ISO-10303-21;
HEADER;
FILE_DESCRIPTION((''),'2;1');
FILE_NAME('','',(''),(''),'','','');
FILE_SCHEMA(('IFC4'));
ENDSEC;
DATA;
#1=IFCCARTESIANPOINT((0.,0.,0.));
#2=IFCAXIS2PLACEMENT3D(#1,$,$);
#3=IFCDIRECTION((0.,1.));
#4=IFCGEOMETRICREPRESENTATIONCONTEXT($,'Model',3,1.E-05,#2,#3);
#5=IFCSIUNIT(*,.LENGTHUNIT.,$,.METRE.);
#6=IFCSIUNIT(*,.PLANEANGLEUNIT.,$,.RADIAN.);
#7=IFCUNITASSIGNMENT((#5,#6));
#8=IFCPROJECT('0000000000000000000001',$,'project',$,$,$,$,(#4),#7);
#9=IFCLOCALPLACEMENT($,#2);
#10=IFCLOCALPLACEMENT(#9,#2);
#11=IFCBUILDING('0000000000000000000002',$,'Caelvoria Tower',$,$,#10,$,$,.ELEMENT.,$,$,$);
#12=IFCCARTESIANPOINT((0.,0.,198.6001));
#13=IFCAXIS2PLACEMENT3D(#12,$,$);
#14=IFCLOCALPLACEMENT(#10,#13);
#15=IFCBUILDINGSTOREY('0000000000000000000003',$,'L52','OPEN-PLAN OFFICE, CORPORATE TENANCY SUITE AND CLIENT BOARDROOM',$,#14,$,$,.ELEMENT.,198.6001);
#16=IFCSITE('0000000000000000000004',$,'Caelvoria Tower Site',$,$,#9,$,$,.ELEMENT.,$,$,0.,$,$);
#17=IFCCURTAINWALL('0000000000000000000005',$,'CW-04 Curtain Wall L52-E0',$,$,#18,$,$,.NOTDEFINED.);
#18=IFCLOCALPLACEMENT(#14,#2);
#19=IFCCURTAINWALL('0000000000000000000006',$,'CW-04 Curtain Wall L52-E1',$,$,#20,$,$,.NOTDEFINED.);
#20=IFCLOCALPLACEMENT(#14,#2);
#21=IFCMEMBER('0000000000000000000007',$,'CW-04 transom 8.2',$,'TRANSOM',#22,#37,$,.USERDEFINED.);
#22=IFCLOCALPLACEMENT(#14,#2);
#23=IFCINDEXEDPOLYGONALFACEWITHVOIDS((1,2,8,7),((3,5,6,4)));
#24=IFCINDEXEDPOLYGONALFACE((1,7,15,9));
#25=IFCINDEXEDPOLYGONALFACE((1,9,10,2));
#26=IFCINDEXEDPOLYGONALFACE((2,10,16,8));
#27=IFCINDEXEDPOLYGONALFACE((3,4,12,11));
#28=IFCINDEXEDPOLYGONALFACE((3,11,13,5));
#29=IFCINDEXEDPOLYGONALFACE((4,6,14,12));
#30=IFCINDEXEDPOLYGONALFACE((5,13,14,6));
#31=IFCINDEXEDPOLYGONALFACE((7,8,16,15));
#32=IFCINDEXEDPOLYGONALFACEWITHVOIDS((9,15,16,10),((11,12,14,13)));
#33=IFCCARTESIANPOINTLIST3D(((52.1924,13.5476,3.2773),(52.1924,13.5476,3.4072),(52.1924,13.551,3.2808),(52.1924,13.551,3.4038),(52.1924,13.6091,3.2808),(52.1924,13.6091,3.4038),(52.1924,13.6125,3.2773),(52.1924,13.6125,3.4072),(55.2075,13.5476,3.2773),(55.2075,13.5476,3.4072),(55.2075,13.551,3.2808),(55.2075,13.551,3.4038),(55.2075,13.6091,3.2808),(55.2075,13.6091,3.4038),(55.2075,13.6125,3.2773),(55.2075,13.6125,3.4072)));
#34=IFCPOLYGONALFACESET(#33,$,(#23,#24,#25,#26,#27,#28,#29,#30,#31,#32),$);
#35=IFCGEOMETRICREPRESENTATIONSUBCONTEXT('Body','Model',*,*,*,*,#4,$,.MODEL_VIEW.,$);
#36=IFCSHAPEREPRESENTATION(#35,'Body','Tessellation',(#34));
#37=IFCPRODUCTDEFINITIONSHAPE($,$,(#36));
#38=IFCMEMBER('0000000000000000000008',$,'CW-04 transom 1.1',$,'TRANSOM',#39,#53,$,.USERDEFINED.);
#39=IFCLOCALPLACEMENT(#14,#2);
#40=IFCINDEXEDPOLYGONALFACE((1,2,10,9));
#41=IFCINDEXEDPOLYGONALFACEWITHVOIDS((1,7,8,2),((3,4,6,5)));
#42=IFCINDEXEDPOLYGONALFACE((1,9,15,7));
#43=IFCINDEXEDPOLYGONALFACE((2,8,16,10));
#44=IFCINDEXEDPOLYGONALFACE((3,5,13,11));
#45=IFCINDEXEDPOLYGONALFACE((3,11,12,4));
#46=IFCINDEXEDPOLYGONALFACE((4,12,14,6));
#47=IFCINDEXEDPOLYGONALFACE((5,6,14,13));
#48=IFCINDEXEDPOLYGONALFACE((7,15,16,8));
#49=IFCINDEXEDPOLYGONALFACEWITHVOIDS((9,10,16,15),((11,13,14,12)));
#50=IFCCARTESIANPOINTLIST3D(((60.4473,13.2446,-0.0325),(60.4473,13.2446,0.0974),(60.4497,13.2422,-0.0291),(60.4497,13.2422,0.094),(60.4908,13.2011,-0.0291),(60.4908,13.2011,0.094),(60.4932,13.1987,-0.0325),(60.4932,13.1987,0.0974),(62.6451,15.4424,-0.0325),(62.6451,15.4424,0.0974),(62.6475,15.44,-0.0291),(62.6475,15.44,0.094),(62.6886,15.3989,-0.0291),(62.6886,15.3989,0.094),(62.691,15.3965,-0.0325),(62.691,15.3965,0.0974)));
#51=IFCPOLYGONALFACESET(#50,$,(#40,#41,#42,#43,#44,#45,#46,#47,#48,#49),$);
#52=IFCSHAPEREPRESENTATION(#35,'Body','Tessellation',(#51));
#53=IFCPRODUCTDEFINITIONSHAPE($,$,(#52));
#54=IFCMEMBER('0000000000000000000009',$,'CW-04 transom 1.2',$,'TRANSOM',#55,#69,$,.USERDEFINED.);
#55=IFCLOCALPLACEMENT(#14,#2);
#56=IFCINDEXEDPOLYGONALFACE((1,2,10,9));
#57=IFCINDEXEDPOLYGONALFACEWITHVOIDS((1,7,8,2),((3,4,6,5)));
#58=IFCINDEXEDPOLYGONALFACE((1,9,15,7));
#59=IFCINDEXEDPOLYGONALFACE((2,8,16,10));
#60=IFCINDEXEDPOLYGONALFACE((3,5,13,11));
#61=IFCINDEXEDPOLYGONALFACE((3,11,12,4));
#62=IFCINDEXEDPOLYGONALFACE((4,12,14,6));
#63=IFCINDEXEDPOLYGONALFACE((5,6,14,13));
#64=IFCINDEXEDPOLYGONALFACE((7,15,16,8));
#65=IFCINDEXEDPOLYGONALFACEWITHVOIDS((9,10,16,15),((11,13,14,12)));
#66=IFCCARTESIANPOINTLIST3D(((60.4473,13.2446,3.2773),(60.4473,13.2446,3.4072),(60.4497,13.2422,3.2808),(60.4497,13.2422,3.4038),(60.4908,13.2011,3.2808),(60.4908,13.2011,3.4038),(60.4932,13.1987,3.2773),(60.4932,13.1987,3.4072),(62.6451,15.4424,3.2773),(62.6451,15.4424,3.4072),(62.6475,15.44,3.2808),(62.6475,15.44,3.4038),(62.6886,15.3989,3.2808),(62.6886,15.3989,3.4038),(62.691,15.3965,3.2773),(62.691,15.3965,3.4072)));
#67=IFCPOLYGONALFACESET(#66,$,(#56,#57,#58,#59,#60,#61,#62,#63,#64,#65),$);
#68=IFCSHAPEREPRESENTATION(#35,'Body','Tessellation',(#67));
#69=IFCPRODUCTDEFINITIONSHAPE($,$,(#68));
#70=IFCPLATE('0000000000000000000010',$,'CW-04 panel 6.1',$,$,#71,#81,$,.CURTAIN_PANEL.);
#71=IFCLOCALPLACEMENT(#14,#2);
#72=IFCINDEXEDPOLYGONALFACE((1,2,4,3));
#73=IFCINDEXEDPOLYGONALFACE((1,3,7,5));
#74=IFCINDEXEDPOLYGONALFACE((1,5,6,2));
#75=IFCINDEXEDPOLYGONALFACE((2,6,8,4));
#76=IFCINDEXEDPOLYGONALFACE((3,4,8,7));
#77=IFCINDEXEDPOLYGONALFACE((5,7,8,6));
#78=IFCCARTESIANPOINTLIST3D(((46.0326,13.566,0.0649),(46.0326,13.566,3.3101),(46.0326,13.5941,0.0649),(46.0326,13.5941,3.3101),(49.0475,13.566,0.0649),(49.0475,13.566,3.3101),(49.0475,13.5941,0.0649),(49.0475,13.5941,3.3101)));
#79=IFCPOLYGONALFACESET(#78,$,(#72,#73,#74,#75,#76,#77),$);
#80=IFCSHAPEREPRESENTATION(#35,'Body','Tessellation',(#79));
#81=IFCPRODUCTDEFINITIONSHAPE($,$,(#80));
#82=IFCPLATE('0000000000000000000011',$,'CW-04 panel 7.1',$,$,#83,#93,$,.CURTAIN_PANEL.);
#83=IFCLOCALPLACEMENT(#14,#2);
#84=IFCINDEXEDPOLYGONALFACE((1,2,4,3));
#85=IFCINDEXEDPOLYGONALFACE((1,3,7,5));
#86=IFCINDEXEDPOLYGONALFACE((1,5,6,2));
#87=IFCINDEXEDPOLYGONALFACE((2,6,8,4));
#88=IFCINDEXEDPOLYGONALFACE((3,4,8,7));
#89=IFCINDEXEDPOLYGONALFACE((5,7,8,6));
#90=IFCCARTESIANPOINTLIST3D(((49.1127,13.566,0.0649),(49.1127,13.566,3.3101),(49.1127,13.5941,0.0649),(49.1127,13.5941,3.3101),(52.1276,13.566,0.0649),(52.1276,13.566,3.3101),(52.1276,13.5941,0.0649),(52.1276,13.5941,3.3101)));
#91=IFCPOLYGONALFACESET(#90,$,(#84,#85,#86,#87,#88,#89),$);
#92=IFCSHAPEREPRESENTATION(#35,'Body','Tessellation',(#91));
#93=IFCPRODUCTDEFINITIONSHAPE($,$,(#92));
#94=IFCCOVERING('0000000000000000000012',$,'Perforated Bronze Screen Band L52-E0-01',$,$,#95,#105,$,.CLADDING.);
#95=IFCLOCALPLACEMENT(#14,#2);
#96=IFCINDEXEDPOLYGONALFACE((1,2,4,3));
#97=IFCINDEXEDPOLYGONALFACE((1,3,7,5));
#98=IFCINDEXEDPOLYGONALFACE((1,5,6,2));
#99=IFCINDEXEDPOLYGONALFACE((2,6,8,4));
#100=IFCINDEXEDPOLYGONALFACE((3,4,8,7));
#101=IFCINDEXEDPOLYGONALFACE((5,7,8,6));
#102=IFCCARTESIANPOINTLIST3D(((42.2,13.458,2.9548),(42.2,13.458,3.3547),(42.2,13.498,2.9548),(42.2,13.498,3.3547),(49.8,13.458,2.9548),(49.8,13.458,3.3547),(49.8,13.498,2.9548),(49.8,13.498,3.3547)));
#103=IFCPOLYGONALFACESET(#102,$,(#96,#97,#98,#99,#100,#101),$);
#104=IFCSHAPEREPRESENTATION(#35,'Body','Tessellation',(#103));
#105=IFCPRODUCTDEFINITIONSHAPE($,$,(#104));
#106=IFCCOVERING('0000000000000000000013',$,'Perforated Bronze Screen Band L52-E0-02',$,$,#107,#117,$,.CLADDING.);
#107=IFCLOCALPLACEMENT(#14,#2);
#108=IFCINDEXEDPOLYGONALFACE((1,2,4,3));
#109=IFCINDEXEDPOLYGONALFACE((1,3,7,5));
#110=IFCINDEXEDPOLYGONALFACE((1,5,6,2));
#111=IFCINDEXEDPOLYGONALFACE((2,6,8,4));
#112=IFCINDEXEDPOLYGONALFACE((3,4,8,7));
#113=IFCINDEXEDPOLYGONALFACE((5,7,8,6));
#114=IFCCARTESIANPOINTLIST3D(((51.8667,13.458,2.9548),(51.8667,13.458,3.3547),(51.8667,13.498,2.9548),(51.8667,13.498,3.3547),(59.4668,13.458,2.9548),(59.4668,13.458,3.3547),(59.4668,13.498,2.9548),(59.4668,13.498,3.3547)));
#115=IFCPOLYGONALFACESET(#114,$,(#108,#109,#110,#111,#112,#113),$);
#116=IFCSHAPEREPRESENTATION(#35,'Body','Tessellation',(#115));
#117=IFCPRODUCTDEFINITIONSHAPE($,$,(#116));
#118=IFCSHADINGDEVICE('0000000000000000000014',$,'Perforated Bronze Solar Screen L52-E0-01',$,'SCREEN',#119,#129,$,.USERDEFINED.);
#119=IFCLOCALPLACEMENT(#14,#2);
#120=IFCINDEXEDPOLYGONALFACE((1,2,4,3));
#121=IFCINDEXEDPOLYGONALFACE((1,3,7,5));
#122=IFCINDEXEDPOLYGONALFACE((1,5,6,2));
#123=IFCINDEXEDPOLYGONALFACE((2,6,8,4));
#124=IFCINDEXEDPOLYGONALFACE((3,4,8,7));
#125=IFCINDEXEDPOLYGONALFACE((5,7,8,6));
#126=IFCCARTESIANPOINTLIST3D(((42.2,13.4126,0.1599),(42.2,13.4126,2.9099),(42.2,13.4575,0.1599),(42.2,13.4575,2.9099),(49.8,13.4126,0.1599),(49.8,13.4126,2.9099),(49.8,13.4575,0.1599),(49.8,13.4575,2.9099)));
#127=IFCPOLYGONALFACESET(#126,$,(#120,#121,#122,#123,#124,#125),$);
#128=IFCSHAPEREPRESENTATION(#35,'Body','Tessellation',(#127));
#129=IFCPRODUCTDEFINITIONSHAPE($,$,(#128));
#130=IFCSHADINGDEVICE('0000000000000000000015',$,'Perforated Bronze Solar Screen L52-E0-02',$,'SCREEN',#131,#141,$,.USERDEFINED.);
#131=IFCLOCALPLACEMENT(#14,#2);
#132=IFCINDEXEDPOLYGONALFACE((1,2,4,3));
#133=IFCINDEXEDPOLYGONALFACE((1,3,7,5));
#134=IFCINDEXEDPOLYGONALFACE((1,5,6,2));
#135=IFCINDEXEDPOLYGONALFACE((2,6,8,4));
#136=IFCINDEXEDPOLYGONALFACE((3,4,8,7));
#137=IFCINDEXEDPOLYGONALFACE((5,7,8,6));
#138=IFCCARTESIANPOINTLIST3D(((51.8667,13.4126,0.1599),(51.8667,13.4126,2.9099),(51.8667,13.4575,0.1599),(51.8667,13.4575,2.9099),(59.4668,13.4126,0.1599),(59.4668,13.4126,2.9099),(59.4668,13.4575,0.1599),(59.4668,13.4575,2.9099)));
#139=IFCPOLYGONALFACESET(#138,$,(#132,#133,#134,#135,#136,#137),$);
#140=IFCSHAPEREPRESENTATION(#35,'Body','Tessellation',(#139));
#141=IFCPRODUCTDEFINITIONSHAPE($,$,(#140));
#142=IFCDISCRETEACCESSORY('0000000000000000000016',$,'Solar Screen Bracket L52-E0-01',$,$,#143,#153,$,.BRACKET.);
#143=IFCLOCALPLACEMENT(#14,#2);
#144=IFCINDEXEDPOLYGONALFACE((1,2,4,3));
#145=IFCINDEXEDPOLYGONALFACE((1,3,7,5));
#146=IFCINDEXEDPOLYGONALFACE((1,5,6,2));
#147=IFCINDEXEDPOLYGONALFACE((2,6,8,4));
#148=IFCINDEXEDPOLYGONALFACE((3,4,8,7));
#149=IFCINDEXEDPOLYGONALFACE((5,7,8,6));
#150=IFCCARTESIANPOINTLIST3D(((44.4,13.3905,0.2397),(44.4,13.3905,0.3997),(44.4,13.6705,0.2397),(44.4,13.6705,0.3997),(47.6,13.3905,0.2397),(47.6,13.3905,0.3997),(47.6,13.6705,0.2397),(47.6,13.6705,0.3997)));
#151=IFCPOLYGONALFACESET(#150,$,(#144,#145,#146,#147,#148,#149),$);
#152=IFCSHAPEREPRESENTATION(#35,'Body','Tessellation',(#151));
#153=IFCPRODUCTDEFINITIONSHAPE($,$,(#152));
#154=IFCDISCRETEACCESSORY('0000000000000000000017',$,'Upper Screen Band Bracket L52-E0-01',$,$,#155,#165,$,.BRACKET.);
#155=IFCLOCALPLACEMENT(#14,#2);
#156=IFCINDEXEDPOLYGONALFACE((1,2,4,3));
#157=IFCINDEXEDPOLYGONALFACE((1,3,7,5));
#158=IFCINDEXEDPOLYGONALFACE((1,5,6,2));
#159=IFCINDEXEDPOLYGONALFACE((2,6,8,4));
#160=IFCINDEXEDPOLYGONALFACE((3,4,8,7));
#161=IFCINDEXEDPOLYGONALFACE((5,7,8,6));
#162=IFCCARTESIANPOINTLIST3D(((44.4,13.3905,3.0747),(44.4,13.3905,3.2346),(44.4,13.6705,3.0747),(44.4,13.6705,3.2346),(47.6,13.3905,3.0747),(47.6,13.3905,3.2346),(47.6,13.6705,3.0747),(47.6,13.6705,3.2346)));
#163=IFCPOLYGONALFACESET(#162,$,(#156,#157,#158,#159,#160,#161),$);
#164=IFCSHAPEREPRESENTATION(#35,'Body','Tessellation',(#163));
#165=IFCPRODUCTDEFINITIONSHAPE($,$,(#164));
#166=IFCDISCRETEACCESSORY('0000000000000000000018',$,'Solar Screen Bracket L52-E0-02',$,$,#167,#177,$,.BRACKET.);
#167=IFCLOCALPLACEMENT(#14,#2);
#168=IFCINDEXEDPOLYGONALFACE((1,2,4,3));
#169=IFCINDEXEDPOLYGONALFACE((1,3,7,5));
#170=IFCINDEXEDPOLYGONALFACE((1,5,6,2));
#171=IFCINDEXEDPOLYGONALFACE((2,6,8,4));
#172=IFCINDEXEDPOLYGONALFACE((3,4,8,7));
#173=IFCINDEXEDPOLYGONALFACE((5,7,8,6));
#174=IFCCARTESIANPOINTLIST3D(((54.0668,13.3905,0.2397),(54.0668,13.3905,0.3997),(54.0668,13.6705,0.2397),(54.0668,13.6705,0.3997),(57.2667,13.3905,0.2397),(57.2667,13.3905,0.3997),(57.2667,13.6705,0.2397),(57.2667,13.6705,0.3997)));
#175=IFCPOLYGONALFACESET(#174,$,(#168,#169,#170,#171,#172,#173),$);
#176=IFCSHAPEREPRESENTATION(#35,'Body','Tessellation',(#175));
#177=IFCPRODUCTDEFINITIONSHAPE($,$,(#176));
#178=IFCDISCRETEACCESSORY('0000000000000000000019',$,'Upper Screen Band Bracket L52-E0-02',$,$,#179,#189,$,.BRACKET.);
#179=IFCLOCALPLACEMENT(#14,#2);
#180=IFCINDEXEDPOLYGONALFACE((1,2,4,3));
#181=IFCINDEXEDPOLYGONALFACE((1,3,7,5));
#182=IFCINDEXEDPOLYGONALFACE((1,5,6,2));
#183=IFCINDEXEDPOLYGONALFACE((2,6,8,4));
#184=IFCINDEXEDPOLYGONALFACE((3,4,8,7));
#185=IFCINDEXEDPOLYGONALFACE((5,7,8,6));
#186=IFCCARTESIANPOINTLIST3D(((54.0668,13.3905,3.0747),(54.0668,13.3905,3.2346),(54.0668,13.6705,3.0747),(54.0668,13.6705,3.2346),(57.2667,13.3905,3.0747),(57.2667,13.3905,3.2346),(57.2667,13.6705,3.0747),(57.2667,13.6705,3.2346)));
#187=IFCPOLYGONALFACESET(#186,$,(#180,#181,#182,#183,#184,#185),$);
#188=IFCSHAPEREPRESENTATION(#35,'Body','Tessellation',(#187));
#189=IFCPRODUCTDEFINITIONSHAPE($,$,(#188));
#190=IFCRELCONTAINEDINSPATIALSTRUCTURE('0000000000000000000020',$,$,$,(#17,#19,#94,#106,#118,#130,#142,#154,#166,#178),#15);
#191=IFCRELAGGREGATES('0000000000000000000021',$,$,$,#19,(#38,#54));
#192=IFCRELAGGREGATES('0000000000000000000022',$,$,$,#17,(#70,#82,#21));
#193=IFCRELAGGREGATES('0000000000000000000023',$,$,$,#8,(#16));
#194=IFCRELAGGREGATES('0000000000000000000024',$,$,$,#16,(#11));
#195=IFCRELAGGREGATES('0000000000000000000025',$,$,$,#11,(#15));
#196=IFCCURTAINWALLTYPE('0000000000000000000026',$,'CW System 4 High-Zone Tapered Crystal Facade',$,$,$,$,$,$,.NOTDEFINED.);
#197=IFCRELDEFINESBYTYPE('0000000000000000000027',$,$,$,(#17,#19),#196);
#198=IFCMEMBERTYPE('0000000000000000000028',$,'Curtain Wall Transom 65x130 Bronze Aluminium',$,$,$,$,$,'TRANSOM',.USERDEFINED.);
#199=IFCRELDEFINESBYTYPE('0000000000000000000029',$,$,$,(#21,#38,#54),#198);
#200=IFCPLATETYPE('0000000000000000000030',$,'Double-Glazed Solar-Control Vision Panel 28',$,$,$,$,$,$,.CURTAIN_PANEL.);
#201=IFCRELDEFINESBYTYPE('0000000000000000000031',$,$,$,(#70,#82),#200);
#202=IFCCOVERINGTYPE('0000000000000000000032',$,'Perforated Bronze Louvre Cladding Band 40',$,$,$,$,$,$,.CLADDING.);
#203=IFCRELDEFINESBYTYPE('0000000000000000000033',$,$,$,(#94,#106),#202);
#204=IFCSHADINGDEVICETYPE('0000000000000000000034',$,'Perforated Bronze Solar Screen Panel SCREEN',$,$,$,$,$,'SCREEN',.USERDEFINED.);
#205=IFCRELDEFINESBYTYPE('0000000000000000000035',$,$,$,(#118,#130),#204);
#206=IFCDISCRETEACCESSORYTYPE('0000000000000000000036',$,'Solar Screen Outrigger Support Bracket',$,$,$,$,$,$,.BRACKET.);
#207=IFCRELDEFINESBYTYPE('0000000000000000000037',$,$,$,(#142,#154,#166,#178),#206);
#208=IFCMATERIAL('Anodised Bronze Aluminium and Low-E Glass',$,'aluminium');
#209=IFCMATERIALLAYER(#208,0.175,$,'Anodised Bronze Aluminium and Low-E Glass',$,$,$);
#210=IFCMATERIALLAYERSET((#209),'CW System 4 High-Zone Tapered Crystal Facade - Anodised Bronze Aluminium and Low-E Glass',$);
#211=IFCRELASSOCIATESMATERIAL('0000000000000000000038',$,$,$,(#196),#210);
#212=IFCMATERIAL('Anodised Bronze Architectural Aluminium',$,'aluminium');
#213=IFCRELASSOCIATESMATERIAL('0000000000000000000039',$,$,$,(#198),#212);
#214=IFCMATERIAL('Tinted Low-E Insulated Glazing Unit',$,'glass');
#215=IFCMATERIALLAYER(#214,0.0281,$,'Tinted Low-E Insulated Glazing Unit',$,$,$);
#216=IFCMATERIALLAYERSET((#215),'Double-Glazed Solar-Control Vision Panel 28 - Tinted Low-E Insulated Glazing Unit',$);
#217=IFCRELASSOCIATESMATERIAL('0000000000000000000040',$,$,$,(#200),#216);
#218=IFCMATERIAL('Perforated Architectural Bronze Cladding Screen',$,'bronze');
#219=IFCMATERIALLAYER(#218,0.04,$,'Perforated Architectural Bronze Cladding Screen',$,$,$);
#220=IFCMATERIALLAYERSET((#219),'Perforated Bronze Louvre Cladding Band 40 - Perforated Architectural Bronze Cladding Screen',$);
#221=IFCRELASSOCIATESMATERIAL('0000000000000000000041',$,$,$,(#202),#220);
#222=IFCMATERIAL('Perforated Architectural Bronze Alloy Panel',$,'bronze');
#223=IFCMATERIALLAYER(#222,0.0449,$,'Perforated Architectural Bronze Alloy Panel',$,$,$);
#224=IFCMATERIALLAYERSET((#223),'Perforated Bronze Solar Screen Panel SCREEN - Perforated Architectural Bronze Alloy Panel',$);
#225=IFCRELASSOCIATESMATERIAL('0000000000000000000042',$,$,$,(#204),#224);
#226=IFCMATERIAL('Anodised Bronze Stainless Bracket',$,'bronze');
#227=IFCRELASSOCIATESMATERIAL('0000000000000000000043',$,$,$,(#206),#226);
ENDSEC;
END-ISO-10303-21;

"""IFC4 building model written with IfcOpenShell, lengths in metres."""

from ifc_helpers import new_model, si_unit, direction, frame, origin, origin_2d, place, context, subcontext, project, spatial, rectangle, hollow_rectangle, extrude, material, layer, layer_set, material_profile, profile_set, type_object, element, aggregate, save


model = new_model("IFC4")

# Units and contexts
model_context = context("Model", 3, precision=1e-05, world=origin(), true_north=direction((0.0, 1.0)))
body_context = subcontext(model_context, "Body", "Model", "MODEL_VIEW")
ifc_project = project(units=[si_unit("LENGTHUNIT", "METRE"), si_unit("PLANEANGLEUNIT", "RADIAN")], contexts=[model_context])

# Site, building, storey
site_placement = place(None, origin())
site = spatial("IfcSite", under=ifc_project, at=site_placement, Name="Caelvoria Tower Site", CompositionType="ELEMENT", RefElevation=0.0)
building_placement = place(site_placement, origin())
building = spatial("IfcBuilding", under=site, at=building_placement, Name="Caelvoria Tower", CompositionType="ELEMENT")
storey_placement = place(building_placement, frame((0.0, 0.0, 198.6001)))
storey = spatial("IfcBuildingStorey", under=building, at=storey_placement, Name="L52", Description="OPEN-PLAN OFFICE, CORPORATE TENANCY SUITE AND CLIENT BOARDROOM", CompositionType="ELEMENT", Elevation=198.6001)

# Curtain wall
ifc_material_1 = material(Name="Anodised Bronze Aluminium and Low-E Glass", Category="aluminium")
ifc_layer_1 = layer(ifc_material_1, 0.175, Name="Anodised Bronze Aluminium and Low-E Glass")
ifc_layer_set_1 = layer_set([ifc_layer_1], Name="CW System 4 High-Zone Tapered Crystal Facade - Anodised Bronze Aluminium and Low-E Glass")
curtain_wall_type = type_object("IfcCurtainWallType", Name="CW System 4 High-Zone Tapered Crystal Facade", PredefinedType="NOTDEFINED", material=ifc_layer_set_1)
curtain_wall_1_placement = place(storey_placement, origin())
curtain_wall_1 = element("IfcCurtainWall", 1, at=curtain_wall_1_placement, inside=storey, type_object=curtain_wall_type, Name="CW-04 Curtain Wall L52-E0", PredefinedType="NOTDEFINED")
ifc_material_2 = material(Name="Anodised Bronze Architectural Aluminium", Category="aluminium")

# Curtain wall
curtain_wall_2_placement = place(storey_placement, origin())
curtain_wall_2 = element("IfcCurtainWall", 2, at=curtain_wall_2_placement, inside=storey, type_object=curtain_wall_type, Name="CW-04 Curtain Wall L52-E1", PredefinedType="NOTDEFINED")

# Members
ifc_material_profile_1 = material_profile(ifc_material_2, hollow_rectangle(XDim=0.0649, YDim=0.1299, WallThickness=0.0034, at=origin_2d()), Name="Anodised Bronze Architectural Aluminium")
ifc_profile_set_1 = profile_set([ifc_material_profile_1], Name="CW_TRAN_65X130 - Anodised Bronze Architectural Aluminium")
member_type_1 = type_object("IfcMemberType", Name="Curtain Wall Transom 65x130 Bronze Aluminium", ElementType="TRANSOM", PredefinedType="USERDEFINED", material=ifc_profile_set_1)
member_1_placement = place(storey_placement, frame((52.1924, 13.5801, 3.3423), z_axis=(1.0, 0.0, 0.0), x_axis=(0.0, 1.0, 0.0)))
member_1 = element("IfcMember", 3, at=member_1_placement, type_object=member_type_1, Name="CW-04 transom 8.2", ObjectType="TRANSOM", PredefinedType="USERDEFINED", context=body_context, shape_type="SweptSolid", body=[
    extrude(hollow_rectangle(XDim=0.0649, YDim=0.1299, WallThickness=0.0034, at=origin_2d()), origin(), (0.0, 0.0, 1.0), 3.0151),
])
member_2_placement = place(storey_placement, frame((60.4702, 13.2217, 0.0325), z_axis=(0.707107, 0.707107, 0.0), x_axis=(-0.707107, 0.707107, 0.0)))
member_2 = element("IfcMember", 4, at=member_2_placement, type_object=member_type_1, Name="CW-04 transom 1.1", ObjectType="TRANSOM", PredefinedType="USERDEFINED", context=body_context, shape_type="SweptSolid", body=[
    extrude(hollow_rectangle(XDim=0.0649, YDim=0.1299, WallThickness=0.0034, at=origin_2d()), origin(), (0.0, 0.0, 1.0), 3.1082),
])
member_3_placement = place(storey_placement, frame((60.4702, 13.2217, 3.3423), z_axis=(0.707107, 0.707107, 0.0), x_axis=(-0.707107, 0.707107, 0.0)))
member_3 = element("IfcMember", 5, at=member_3_placement, type_object=member_type_1, Name="CW-04 transom 1.2", ObjectType="TRANSOM", PredefinedType="USERDEFINED", context=body_context, shape_type="SweptSolid", body=[
    extrude(hollow_rectangle(XDim=0.0649, YDim=0.1299, WallThickness=0.0034, at=origin_2d()), origin(), (0.0, 0.0, 1.0), 3.1082),
])
aggregate(curtain_wall_2, [member_2, member_3])

# Plates
ifc_material_3 = material(Name="Tinted Low-E Insulated Glazing Unit", Category="glass")
ifc_layer_2 = layer(ifc_material_3, 0.0281, Name="Tinted Low-E Insulated Glazing Unit")
ifc_layer_set_2 = layer_set([ifc_layer_2], Name="Double-Glazed Solar-Control Vision Panel 28 - Tinted Low-E Insulated Glazing Unit")
plate_type = type_object("IfcPlateType", Name="Double-Glazed Solar-Control Vision Panel 28", PredefinedType="CURTAIN_PANEL", material=ifc_layer_set_2)
plate_1_placement = place(storey_placement, frame((47.54, 13.5801, 0.0649), z_axis=(0.0, 0.0, 1.0), x_axis=(1.0, 0.0, 0.0)))
plate_1 = element("IfcPlate", 6, at=plate_1_placement, type_object=plate_type, Name="CW-04 panel 6.1", PredefinedType="CURTAIN_PANEL", context=body_context, shape_type="SweptSolid", body=[
    extrude(rectangle(XDim=3.0149, YDim=0.0281, at=origin_2d()), origin(), (0.0, 0.0, 1.0), 3.2451),
])
plate_2_placement = place(storey_placement, frame((50.6201, 13.5801, 0.0649), z_axis=(0.0, 0.0, 1.0), x_axis=(1.0, 0.0, 0.0)))
plate_2 = element("IfcPlate", 7, at=plate_2_placement, type_object=plate_type, Name="CW-04 panel 7.1", PredefinedType="CURTAIN_PANEL", context=body_context, shape_type="SweptSolid", body=[
    extrude(rectangle(XDim=3.0149, YDim=0.0281, at=origin_2d()), origin(), (0.0, 0.0, 1.0), 3.2451),
])
aggregate(curtain_wall_1, [plate_1, plate_2, member_1])

# Coverings
ifc_material_4 = material(Name="Perforated Architectural Bronze Cladding Screen", Category="bronze")
ifc_layer_3 = layer(ifc_material_4, 0.04, Name="Perforated Architectural Bronze Cladding Screen")
ifc_layer_set_3 = layer_set([ifc_layer_3], Name="Perforated Bronze Louvre Cladding Band 40 - Perforated Architectural Bronze Cladding Screen")
covering_type = type_object("IfcCoveringType", Name="Perforated Bronze Louvre Cladding Band 40", PredefinedType="CLADDING", material=ifc_layer_set_3)
for number, where, z_axis, x_axis, name in (
    (8, (46.0, 13.478, 2.9548), (0.0, 0.0, 1.0), (1.0, 0.0, 0.0), "Perforated Bronze Screen Band L52-E0-01"),
    (9, (55.6667, 13.478, 2.9548), (0.0, 0.0, 1.0), (1.0, 0.0, 0.0), "Perforated Bronze Screen Band L52-E0-02"),
):
    element("IfcCovering", number, at=place(storey_placement, frame(where, z_axis=z_axis, x_axis=x_axis)), inside=storey, type_object=covering_type, Name=name, PredefinedType="CLADDING", context=body_context, shape_type="SweptSolid", body=[
        extrude(rectangle(XDim=7.6001, YDim=0.04, at=origin_2d()), origin(), (0.0, 0.0, 1.0), 0.3999),
    ])

# Shading devices
ifc_material_5 = material(Name="Perforated Architectural Bronze Alloy Panel", Category="bronze")
ifc_layer_4 = layer(ifc_material_5, 0.0449, Name="Perforated Architectural Bronze Alloy Panel")
ifc_layer_set_4 = layer_set([ifc_layer_4], Name="Perforated Bronze Solar Screen Panel SCREEN - Perforated Architectural Bronze Alloy Panel")
shading_device_type = type_object("IfcShadingDeviceType", Name="Perforated Bronze Solar Screen Panel SCREEN", ElementType="SCREEN", PredefinedType="USERDEFINED", material=ifc_layer_set_4)
for number, where, z_axis, x_axis, name in (
    (10, (46.0, 13.4351, 0.1599), (0.0, 0.0, 1.0), (1.0, 0.0, 0.0), "Perforated Bronze Solar Screen L52-E0-01"),
    (11, (55.6667, 13.4351, 0.1599), (0.0, 0.0, 1.0), (1.0, 0.0, 0.0), "Perforated Bronze Solar Screen L52-E0-02"),
):
    element("IfcShadingDevice", number, at=place(storey_placement, frame(where, z_axis=z_axis, x_axis=x_axis)), inside=storey, type_object=shading_device_type, Name=name, ObjectType="SCREEN", PredefinedType="USERDEFINED", context=body_context, shape_type="SweptSolid", body=[
        extrude(rectangle(XDim=7.6001, YDim=0.0449, at=origin_2d()), origin(), (0.0, 0.0, 1.0), 2.75),
    ])

# Discrete accessories
ifc_material_6 = material(Name="Anodised Bronze Stainless Bracket", Category="bronze")
discrete_accessory_type = type_object("IfcDiscreteAccessoryType", Name="Solar Screen Outrigger Support Bracket", PredefinedType="BRACKET", material=ifc_material_6)
for number, where, z_axis, x_axis, name in (
    (12, (46.0, 13.5305, 0.2397), (0.0, 0.0, 1.0), (1.0, 0.0, 0.0), "Solar Screen Bracket L52-E0-01"),
    (13, (46.0, 13.5305, 3.0747), (0.0, 0.0, 1.0), (1.0, 0.0, 0.0), "Upper Screen Band Bracket L52-E0-01"),
    (14, (55.6667, 13.5305, 0.2397), (0.0, 0.0, 1.0), (1.0, 0.0, 0.0), "Solar Screen Bracket L52-E0-02"),
    (15, (55.6667, 13.5305, 3.0747), (0.0, 0.0, 1.0), (1.0, 0.0, 0.0), "Upper Screen Band Bracket L52-E0-02"),
):
    element("IfcDiscreteAccessory", number, at=place(storey_placement, frame(where, z_axis=z_axis, x_axis=x_axis)), inside=storey, type_object=discrete_accessory_type, Name=name, PredefinedType="BRACKET", context=body_context, shape_type="SweptSolid", body=[
        extrude(rectangle(XDim=3.2, YDim=0.28, at=origin_2d()), origin(), (0.0, 0.0, 1.0), 0.1599),
    ])

save(model, "model.ifc")
